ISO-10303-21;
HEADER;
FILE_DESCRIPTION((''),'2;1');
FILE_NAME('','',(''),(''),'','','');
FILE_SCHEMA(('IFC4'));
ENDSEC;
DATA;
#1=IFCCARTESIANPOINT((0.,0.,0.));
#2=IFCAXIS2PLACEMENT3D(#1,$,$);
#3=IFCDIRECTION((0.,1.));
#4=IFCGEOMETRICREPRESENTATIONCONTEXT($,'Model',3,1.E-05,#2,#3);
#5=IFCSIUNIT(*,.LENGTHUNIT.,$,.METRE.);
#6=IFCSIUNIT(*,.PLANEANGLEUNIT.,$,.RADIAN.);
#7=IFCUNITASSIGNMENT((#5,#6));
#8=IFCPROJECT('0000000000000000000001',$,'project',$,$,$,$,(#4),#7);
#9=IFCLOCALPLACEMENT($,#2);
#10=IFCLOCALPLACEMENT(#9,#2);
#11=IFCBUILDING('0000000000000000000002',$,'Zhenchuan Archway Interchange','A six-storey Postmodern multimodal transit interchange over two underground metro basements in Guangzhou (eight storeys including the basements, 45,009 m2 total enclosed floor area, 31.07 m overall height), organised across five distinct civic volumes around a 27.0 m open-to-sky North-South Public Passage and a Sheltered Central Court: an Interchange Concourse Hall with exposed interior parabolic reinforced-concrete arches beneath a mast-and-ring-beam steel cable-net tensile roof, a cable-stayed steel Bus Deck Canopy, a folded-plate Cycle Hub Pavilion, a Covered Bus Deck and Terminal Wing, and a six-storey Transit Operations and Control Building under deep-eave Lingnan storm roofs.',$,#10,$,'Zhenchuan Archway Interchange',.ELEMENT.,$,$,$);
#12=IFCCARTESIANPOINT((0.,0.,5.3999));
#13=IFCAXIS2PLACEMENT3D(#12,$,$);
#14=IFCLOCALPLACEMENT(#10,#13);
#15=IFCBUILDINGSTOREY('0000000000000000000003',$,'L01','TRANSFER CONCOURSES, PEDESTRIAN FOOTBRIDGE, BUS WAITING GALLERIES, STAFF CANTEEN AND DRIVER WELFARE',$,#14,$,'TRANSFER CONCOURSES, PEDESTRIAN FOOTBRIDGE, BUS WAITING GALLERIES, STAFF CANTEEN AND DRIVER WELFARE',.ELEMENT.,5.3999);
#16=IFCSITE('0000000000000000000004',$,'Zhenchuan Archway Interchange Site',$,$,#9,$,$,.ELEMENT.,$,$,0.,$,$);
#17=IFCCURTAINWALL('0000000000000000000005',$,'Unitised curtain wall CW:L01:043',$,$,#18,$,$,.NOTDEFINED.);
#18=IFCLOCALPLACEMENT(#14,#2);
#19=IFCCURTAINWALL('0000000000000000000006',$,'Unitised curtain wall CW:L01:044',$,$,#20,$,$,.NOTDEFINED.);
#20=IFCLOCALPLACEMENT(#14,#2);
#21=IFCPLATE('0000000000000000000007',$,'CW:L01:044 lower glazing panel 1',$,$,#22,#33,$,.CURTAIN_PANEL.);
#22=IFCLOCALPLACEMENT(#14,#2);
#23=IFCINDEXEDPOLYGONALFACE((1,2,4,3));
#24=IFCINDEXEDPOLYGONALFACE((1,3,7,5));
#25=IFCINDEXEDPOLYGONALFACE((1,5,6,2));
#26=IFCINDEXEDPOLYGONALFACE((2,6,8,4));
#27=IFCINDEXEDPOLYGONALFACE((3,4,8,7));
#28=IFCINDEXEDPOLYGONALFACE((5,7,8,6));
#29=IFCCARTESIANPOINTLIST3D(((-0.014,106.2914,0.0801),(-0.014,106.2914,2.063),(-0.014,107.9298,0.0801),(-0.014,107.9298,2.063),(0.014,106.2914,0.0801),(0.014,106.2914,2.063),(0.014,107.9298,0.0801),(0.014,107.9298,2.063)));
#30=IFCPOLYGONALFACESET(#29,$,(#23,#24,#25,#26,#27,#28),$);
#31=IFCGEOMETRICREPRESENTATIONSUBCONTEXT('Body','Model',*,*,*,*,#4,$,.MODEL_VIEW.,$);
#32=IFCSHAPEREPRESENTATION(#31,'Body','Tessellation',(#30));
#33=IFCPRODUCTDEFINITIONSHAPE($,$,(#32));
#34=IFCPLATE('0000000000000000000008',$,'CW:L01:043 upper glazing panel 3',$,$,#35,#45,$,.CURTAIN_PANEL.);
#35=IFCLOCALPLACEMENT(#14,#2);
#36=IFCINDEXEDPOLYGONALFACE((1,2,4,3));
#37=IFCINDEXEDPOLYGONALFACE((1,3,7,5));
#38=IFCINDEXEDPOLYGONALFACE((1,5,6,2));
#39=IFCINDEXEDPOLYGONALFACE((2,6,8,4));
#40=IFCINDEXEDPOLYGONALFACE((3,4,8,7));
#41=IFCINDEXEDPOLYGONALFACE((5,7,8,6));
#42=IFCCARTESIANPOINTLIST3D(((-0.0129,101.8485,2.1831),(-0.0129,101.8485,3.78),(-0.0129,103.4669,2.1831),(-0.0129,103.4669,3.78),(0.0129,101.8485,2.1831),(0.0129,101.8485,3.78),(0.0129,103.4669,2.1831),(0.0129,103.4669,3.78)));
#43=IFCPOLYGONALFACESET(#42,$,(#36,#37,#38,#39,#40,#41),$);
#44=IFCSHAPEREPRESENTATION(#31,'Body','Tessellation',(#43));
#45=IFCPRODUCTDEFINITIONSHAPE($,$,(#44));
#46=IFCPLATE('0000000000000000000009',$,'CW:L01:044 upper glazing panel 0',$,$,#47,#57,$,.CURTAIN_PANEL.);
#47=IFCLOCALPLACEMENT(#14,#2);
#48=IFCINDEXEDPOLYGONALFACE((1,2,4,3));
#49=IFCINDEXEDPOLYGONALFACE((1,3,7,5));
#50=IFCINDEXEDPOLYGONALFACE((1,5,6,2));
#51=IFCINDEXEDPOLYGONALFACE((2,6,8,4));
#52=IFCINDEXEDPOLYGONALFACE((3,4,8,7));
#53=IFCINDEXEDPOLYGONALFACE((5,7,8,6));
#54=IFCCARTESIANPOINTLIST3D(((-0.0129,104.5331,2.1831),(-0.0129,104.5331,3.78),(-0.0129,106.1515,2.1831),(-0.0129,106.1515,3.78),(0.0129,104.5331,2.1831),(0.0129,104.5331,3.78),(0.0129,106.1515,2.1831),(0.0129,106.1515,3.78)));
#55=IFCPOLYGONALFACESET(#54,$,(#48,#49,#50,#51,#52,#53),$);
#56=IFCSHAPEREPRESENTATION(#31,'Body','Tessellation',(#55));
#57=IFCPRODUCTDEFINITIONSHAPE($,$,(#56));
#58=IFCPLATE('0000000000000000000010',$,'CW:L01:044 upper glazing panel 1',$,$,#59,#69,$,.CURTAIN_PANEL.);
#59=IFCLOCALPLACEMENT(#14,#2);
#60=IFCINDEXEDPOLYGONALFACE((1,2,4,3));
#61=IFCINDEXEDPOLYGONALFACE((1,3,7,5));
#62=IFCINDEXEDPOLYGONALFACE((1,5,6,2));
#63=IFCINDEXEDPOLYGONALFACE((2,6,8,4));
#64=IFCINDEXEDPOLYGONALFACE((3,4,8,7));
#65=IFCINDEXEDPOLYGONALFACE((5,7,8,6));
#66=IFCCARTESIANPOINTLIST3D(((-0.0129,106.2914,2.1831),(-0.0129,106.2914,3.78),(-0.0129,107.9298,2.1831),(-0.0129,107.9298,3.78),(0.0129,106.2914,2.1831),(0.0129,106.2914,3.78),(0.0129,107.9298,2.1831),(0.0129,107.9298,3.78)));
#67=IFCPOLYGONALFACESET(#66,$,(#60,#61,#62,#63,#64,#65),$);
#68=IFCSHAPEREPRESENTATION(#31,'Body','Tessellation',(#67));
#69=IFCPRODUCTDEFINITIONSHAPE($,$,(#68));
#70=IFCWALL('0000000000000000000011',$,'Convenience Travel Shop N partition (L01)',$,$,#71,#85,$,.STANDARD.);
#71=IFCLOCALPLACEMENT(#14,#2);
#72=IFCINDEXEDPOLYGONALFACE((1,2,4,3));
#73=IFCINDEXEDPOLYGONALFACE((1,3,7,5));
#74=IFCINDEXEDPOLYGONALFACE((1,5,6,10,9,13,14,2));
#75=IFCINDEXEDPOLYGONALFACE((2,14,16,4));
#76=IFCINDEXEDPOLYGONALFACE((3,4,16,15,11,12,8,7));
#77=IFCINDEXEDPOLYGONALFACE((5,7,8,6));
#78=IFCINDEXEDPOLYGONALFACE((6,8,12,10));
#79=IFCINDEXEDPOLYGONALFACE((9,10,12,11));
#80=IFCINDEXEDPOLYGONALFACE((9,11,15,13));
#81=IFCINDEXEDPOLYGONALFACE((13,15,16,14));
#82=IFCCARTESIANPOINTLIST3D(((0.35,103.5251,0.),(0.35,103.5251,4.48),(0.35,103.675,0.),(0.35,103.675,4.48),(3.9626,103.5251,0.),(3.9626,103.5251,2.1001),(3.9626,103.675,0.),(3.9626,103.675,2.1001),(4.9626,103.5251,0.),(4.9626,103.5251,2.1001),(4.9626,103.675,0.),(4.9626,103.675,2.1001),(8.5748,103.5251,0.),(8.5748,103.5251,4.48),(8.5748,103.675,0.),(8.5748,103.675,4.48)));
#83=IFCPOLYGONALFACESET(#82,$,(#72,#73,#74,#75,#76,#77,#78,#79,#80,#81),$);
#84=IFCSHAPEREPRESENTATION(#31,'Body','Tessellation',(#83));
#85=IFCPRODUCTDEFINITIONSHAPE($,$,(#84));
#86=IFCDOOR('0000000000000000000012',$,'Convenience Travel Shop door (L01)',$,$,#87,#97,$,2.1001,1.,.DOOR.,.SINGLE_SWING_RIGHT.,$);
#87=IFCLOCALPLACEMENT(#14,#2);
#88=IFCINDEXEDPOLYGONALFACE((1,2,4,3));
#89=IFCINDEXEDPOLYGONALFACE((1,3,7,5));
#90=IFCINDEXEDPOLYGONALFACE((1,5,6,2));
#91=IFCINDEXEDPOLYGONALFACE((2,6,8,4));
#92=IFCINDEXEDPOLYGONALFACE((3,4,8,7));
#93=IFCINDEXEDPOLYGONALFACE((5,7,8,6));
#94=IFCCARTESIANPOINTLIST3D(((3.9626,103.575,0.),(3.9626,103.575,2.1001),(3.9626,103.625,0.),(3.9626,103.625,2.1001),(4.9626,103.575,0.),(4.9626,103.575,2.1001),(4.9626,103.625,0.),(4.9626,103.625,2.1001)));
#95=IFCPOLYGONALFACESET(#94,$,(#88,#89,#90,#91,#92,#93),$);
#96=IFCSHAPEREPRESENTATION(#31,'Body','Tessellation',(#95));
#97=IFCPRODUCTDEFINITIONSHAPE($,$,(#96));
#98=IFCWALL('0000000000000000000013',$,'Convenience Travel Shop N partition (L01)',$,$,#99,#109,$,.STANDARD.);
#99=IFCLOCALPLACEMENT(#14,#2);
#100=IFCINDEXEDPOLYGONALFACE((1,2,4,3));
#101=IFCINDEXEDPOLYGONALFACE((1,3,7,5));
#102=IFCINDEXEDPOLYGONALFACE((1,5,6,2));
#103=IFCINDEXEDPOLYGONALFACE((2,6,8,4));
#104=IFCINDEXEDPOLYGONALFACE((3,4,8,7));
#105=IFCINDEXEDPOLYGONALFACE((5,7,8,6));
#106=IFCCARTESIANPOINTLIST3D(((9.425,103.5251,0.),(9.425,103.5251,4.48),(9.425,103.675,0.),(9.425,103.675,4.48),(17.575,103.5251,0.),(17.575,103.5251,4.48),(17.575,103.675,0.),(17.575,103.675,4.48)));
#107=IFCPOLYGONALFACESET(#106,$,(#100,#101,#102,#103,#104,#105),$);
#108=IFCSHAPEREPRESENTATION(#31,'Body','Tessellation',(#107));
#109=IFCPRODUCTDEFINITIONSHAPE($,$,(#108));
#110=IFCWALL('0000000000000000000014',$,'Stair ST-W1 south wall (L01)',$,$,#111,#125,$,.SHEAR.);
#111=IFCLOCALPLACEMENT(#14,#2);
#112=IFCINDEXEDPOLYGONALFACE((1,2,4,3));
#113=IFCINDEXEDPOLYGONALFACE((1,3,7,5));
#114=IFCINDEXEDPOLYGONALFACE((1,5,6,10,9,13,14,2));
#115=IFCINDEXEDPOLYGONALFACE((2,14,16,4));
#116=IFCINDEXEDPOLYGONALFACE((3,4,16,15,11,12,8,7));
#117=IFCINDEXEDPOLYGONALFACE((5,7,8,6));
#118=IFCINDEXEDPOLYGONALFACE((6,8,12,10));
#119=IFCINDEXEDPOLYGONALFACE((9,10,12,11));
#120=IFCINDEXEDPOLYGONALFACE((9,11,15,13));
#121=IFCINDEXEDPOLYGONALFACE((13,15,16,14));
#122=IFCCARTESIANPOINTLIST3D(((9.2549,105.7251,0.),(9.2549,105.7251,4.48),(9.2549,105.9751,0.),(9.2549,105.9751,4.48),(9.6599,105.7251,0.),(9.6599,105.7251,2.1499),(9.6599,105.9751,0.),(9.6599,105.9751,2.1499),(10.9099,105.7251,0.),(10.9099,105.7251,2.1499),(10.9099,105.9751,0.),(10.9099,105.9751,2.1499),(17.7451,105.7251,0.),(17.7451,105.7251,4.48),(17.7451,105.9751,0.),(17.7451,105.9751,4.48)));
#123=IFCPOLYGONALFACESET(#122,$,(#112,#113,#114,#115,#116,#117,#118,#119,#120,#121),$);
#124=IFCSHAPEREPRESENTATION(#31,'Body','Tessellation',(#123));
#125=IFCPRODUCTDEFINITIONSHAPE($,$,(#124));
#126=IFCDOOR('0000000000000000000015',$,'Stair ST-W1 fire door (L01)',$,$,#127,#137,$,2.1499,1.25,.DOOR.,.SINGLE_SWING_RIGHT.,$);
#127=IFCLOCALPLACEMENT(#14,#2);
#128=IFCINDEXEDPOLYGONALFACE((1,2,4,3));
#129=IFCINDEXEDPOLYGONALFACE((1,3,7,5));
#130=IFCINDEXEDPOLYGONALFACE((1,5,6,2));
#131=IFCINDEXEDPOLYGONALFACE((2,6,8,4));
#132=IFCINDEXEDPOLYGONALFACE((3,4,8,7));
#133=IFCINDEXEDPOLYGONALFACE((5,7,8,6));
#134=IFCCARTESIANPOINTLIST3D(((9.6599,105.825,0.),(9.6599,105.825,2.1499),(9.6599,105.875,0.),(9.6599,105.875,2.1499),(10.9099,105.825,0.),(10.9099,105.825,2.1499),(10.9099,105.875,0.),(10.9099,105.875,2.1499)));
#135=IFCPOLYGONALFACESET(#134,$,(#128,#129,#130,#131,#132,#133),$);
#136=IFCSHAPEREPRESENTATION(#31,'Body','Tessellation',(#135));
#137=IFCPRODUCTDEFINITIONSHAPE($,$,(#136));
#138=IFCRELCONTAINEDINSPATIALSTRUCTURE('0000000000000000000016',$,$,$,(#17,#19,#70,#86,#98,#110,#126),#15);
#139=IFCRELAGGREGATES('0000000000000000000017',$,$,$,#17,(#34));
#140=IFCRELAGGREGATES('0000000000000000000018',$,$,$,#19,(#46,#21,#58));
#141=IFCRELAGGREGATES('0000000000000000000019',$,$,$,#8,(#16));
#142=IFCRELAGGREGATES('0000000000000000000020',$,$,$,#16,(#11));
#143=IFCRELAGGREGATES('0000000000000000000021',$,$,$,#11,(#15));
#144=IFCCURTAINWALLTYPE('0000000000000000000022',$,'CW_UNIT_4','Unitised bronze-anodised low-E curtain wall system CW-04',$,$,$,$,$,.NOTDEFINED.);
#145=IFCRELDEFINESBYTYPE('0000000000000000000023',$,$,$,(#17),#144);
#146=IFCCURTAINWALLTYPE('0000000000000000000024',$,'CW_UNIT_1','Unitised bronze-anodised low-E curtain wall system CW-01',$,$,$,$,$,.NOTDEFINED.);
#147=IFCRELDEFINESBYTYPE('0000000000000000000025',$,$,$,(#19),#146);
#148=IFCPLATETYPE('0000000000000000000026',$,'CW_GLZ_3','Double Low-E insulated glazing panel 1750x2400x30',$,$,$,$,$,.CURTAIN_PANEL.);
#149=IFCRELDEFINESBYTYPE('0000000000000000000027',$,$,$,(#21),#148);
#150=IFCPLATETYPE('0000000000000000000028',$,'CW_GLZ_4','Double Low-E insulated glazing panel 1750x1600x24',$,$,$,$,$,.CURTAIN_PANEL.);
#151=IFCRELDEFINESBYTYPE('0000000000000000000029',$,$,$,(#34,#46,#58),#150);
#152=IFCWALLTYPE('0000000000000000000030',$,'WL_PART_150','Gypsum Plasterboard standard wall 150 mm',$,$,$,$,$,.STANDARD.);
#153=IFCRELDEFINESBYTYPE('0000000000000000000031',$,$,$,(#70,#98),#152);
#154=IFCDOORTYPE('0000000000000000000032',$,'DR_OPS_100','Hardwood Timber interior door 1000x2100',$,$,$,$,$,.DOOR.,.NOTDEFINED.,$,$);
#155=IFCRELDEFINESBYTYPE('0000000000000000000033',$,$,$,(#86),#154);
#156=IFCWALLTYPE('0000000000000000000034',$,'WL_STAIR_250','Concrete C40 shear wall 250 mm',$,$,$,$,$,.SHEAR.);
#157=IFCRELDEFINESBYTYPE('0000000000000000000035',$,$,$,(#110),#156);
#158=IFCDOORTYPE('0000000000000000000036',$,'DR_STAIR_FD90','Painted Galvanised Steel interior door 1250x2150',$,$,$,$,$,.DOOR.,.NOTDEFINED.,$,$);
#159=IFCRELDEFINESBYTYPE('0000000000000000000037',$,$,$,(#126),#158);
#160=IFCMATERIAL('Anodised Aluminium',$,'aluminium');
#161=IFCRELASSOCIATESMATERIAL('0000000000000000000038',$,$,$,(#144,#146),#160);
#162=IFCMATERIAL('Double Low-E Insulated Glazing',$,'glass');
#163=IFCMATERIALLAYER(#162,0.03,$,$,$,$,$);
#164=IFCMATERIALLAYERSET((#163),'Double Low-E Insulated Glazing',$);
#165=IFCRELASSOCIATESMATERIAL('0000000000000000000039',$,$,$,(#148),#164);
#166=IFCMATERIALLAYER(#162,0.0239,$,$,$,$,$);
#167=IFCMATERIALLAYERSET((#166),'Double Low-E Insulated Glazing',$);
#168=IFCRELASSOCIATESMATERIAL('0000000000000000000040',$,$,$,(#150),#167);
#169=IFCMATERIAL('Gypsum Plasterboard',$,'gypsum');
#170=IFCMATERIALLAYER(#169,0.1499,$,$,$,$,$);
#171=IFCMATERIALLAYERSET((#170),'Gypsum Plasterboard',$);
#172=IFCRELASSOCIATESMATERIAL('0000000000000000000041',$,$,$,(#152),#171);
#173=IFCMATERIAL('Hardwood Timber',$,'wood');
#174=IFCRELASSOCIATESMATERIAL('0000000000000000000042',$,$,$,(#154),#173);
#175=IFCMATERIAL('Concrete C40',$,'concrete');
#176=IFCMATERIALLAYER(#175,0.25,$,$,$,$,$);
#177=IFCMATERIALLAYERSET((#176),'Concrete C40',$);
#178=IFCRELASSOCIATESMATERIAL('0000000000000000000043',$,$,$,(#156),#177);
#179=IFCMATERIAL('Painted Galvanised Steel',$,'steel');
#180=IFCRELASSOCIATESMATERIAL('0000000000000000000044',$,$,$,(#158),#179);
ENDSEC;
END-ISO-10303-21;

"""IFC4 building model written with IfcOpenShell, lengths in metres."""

from ifc_helpers import new_model, si_unit, direction, frame, frame_2d, origin, origin_2d, place, context, subcontext, project, spatial, rectangle, extrude, material, layer, layer_set, type_object, element, fill, aggregate, save


model = new_model("IFC4")

# Units and contexts
model_context = context("Model", 3, precision=1e-05, world=origin(), true_north=direction((0.0, 1.0)))
body_context = subcontext(model_context, "Body", "Model", "MODEL_VIEW")
ifc_project = project(units=[si_unit("LENGTHUNIT", "METRE"), si_unit("PLANEANGLEUNIT", "RADIAN")], contexts=[model_context])

# Site, building, storey
site_placement = place(None, origin())
site = spatial("IfcSite", under=ifc_project, at=site_placement, Name="Zhenchuan Archway Interchange Site", CompositionType="ELEMENT", RefElevation=0.0)
building_placement = place(site_placement, origin())
building = spatial("IfcBuilding", under=site, at=building_placement, Name="Zhenchuan Archway Interchange", Description="A six-storey Postmodern multimodal transit interchange over two underground metro basements in Guangzhou (eight storeys including the basements, 45,009 m2 total enclosed floor area, 31.07 m overall height), organised across five distinct civic volumes around a 27.0 m open-to-sky North-South Public Passage and a Sheltered Central Court: an Interchange Concourse Hall with exposed interior parabolic reinforced-concrete arches beneath a mast-and-ring-beam steel cable-net tensile roof, a cable-stayed steel Bus Deck Canopy, a folded-plate Cycle Hub Pavilion, a Covered Bus Deck and Terminal Wing, and a six-storey Transit Operations and Control Building under deep-eave Lingnan storm roofs.", LongName="Zhenchuan Archway Interchange", CompositionType="ELEMENT")
storey_placement = place(building_placement, frame((0.0, 0.0, 5.3999)))
storey = spatial("IfcBuildingStorey", under=building, at=storey_placement, Name="L01", Description="TRANSFER CONCOURSES, PEDESTRIAN FOOTBRIDGE, BUS WAITING GALLERIES, STAFF CANTEEN AND DRIVER WELFARE", LongName="TRANSFER CONCOURSES, PEDESTRIAN FOOTBRIDGE, BUS WAITING GALLERIES, STAFF CANTEEN AND DRIVER WELFARE", CompositionType="ELEMENT", Elevation=5.3999)

# Shared definitions
ifc_material_1 = material(Name="Concrete C40", Category="concrete")

# Curtain wall
ifc_material_2 = material(Name="Anodised Aluminium", Category="aluminium")
curtain_wall_type_1 = type_object("IfcCurtainWallType", Name="CW_UNIT_4", Description="Unitised bronze-anodised low-E curtain wall system CW-04", PredefinedType="NOTDEFINED", material=ifc_material_2)
curtain_wall_1_placement = place(storey_placement, origin())
curtain_wall_1 = element("IfcCurtainWall", 1, at=curtain_wall_1_placement, inside=storey, type_object=curtain_wall_type_1, Name="Unitised curtain wall CW:L01:043", PredefinedType="NOTDEFINED")

# Curtain wall
curtain_wall_type_2 = type_object("IfcCurtainWallType", Name="CW_UNIT_1", Description="Unitised bronze-anodised low-E curtain wall system CW-01", PredefinedType="NOTDEFINED", material=ifc_material_2)
curtain_wall_2_placement = place(storey_placement, origin())
curtain_wall_2 = element("IfcCurtainWall", 2, at=curtain_wall_2_placement, inside=storey, type_object=curtain_wall_type_2, Name="Unitised curtain wall CW:L01:044", PredefinedType="NOTDEFINED")

# Plates
ifc_material_3 = material(Name="Double Low-E Insulated Glazing", Category="glass")
ifc_layer_1 = layer(ifc_material_3, 0.03)
ifc_layer_set_1 = layer_set([ifc_layer_1], Name="Double Low-E Insulated Glazing")
plate_type_1 = type_object("IfcPlateType", Name="CW_GLZ_3", Description="Double Low-E insulated glazing panel 1750x2400x30", PredefinedType="CURTAIN_PANEL", material=ifc_layer_set_1)
plate_1_placement = place(storey_placement, frame((0.0, 107.1106, 0.0801), z_axis=(0.0, 0.0, 1.0), x_axis=(0.0, 1.0, 0.0)))
plate_1 = element("IfcPlate", 3, at=plate_1_placement, type_object=plate_type_1, Name="CW:L01:044 lower glazing panel 1", PredefinedType="CURTAIN_PANEL", context=body_context, shape_type="SweptSolid", body=[
    extrude(rectangle(XDim=1.6384, YDim=0.0281, at=origin_2d()), origin(), (0.0, 0.0, 1.0), 1.9829),
])
ifc_layer_2 = layer(ifc_material_3, 0.0239)
ifc_layer_set_2 = layer_set([ifc_layer_2], Name="Double Low-E Insulated Glazing")
plate_type_2 = type_object("IfcPlateType", Name="CW_GLZ_4", Description="Double Low-E insulated glazing panel 1750x1600x24", PredefinedType="CURTAIN_PANEL", material=ifc_layer_set_2)
plate_2_placement = place(storey_placement, frame((0.0, 102.6577, 2.1831), z_axis=(0.0, 0.0, 1.0), x_axis=(0.0, 1.0, 0.0)))
plate_2 = element("IfcPlate", 4, at=plate_2_placement, type_object=plate_type_2, Name="CW:L01:043 upper glazing panel 3", PredefinedType="CURTAIN_PANEL", context=body_context, shape_type="SweptSolid", body=[
    extrude(rectangle(XDim=1.6184, YDim=0.0259, at=origin_2d()), origin(), (0.0, 0.0, 1.0), 1.5969),
])
aggregate(curtain_wall_1, [plate_2])
plate_3_placement = place(storey_placement, frame((0.0, 105.3423, 2.1831), z_axis=(0.0, 0.0, 1.0), x_axis=(0.0, 1.0, 0.0)))
plate_3 = element("IfcPlate", 5, at=plate_3_placement, type_object=plate_type_2, Name="CW:L01:044 upper glazing panel 0", PredefinedType="CURTAIN_PANEL", context=body_context, shape_type="SweptSolid", body=[
    extrude(rectangle(XDim=1.6184, YDim=0.0259, at=origin_2d()), origin(), (0.0, 0.0, 1.0), 1.5969),
])
plate_4_placement = place(storey_placement, frame((0.0, 107.1106, 2.1831), z_axis=(0.0, 0.0, 1.0), x_axis=(0.0, 1.0, 0.0)))
plate_4 = element("IfcPlate", 6, at=plate_4_placement, type_object=plate_type_2, Name="CW:L01:044 upper glazing panel 1", PredefinedType="CURTAIN_PANEL", context=body_context, shape_type="SweptSolid", body=[
    extrude(rectangle(XDim=1.6384, YDim=0.0259, at=origin_2d()), origin(), (0.0, 0.0, 1.0), 1.5969),
])
aggregate(curtain_wall_2, [plate_3, plate_1, plate_4])

# Wall, opening, door
ifc_material_4 = material(Name="Gypsum Plasterboard", Category="gypsum")
ifc_layer_3 = layer(ifc_material_4, 0.1499)
ifc_layer_set_3 = layer_set([ifc_layer_3], Name="Gypsum Plasterboard")
wall_type_1 = type_object("IfcWallType", Name="WL_PART_150", Description="Gypsum Plasterboard standard wall 150 mm", PredefinedType="STANDARD", material=ifc_layer_set_3)
wall_1_placement = place(storey_placement, frame((0.3501, 103.6001, 0.0), z_axis=(0.0, 0.0, 1.0), x_axis=(1.0, 0.0, 0.0)))
wall_1 = element("IfcWall", 7, at=wall_1_placement, inside=storey, type_object=wall_type_1, Name="Convenience Travel Shop N partition (L01)", PredefinedType="STANDARD", context=body_context, shape_type="SweptSolid", body=[
    extrude(rectangle(XDim=8.2249, YDim=0.1499, at=frame_2d((4.1123, 0.0))), origin(), (0.0, 0.0, 1.0), 4.48),
])
opening_1_placement = place(wall_1_placement, frame((3.6125, 0.0, 0.0)))
opening_1 = element("IfcOpeningElement", 8, at=opening_1_placement, cuts=wall_1, PredefinedType="OPENING", context=body_context, shape_type="SweptSolid", body=[
    extrude(rectangle(XDim=1.0, YDim=2.1001, at=frame_2d((0.5, 1.05))), frame((0.0, 0.0869, 0.0), z_axis=(0.0, -1.0, 0.0), x_axis=(1.0, 0.0, 0.0)), (0.0, 0.0, 1.0), 0.1738),
])
ifc_material_5 = material(Name="Hardwood Timber", Category="wood")
door_type_1 = type_object("IfcDoorType", Name="DR_OPS_100", Description="Hardwood Timber interior door 1000x2100", OperationType="NOTDEFINED", PredefinedType="DOOR", material=ifc_material_5)
door_1_placement = place(opening_1_placement, origin())
door_1 = element("IfcDoor", 9, at=door_1_placement, inside=storey, type_object=door_type_1, Name="Convenience Travel Shop door (L01)", OperationType="SINGLE_SWING_RIGHT", OverallHeight=2.1001, OverallWidth=1.0, PredefinedType="DOOR", context=body_context, shape_type="SweptSolid", body=[
    extrude(rectangle(XDim=1.0, YDim=2.1001, at=frame_2d((0.5, 1.05))), frame((0.0, 0.0249, 0.0), z_axis=(0.0, -1.0, 0.0), x_axis=(1.0, 0.0, 0.0)), (0.0, 0.0, 1.0), 0.05),
])
fill(opening_1, door_1)

# Wall
wall_2_placement = place(storey_placement, frame((9.425, 103.6001, 0.0), z_axis=(0.0, 0.0, 1.0), x_axis=(1.0, 0.0, 0.0)))
element("IfcWall", 10, at=wall_2_placement, inside=storey, type_object=wall_type_1, Name="Convenience Travel Shop N partition (L01)", PredefinedType="STANDARD", context=body_context, shape_type="SweptSolid", body=[
    extrude(rectangle(XDim=8.1499, YDim=0.1499, at=frame_2d((4.075, 0.0))), origin(), (0.0, 0.0, 1.0), 4.48),
])

# Wall, opening, door
ifc_layer_4 = layer(ifc_material_1, 0.25)
ifc_layer_set_4 = layer_set([ifc_layer_4], Name="Concrete C40")
wall_type_2 = type_object("IfcWallType", Name="WL_STAIR_250", Description="Concrete C40 shear wall 250 mm", PredefinedType="SHEAR", material=ifc_layer_set_4)
wall_3_placement = place(storey_placement, frame((9.2549, 105.8501, 0.0), z_axis=(0.0, 0.0, 1.0), x_axis=(1.0, 0.0, 0.0)))
wall_3 = element("IfcWall", 11, at=wall_3_placement, inside=storey, type_object=wall_type_2, Name="Stair ST-W1 south wall (L01)", PredefinedType="SHEAR", context=body_context, shape_type="SweptSolid", body=[
    extrude(rectangle(XDim=8.4902, YDim=0.25, at=frame_2d((4.2451, 0.0))), origin(), (0.0, 0.0, 1.0), 4.48),
])
opening_2_placement = place(wall_3_placement, frame((0.405, 0.0, 0.0)))
opening_2 = element("IfcOpeningElement", 12, at=opening_2_placement, cuts=wall_3, PredefinedType="OPENING", context=body_context, shape_type="SweptSolid", body=[
    extrude(rectangle(XDim=1.25, YDim=2.1499, at=frame_2d((0.625, 1.075))), frame((0.0, 0.137, 0.0), z_axis=(0.0, -1.0, 0.0), x_axis=(1.0, 0.0, 0.0)), (0.0, 0.0, 1.0), 0.2739),
])
ifc_material_6 = material(Name="Painted Galvanised Steel", Category="steel")
door_type_2 = type_object("IfcDoorType", Name="DR_STAIR_FD90", Description="Painted Galvanised Steel interior door 1250x2150", OperationType="NOTDEFINED", PredefinedType="DOOR", material=ifc_material_6)
door_2_placement = place(opening_2_placement, origin())
door_2 = element("IfcDoor", 13, at=door_2_placement, inside=storey, type_object=door_type_2, Name="Stair ST-W1 fire door (L01)", OperationType="SINGLE_SWING_RIGHT", OverallHeight=2.1499, OverallWidth=1.25, PredefinedType="DOOR", context=body_context, shape_type="SweptSolid", body=[
    extrude(rectangle(XDim=1.25, YDim=2.1499, at=frame_2d((0.625, 1.075))), frame((0.0, 0.0249, 0.0), z_axis=(0.0, -1.0, 0.0), x_axis=(1.0, 0.0, 0.0)), (0.0, 0.0, 1.0), 0.05),
])
fill(opening_2, door_2)

save(model, "model.ifc")
